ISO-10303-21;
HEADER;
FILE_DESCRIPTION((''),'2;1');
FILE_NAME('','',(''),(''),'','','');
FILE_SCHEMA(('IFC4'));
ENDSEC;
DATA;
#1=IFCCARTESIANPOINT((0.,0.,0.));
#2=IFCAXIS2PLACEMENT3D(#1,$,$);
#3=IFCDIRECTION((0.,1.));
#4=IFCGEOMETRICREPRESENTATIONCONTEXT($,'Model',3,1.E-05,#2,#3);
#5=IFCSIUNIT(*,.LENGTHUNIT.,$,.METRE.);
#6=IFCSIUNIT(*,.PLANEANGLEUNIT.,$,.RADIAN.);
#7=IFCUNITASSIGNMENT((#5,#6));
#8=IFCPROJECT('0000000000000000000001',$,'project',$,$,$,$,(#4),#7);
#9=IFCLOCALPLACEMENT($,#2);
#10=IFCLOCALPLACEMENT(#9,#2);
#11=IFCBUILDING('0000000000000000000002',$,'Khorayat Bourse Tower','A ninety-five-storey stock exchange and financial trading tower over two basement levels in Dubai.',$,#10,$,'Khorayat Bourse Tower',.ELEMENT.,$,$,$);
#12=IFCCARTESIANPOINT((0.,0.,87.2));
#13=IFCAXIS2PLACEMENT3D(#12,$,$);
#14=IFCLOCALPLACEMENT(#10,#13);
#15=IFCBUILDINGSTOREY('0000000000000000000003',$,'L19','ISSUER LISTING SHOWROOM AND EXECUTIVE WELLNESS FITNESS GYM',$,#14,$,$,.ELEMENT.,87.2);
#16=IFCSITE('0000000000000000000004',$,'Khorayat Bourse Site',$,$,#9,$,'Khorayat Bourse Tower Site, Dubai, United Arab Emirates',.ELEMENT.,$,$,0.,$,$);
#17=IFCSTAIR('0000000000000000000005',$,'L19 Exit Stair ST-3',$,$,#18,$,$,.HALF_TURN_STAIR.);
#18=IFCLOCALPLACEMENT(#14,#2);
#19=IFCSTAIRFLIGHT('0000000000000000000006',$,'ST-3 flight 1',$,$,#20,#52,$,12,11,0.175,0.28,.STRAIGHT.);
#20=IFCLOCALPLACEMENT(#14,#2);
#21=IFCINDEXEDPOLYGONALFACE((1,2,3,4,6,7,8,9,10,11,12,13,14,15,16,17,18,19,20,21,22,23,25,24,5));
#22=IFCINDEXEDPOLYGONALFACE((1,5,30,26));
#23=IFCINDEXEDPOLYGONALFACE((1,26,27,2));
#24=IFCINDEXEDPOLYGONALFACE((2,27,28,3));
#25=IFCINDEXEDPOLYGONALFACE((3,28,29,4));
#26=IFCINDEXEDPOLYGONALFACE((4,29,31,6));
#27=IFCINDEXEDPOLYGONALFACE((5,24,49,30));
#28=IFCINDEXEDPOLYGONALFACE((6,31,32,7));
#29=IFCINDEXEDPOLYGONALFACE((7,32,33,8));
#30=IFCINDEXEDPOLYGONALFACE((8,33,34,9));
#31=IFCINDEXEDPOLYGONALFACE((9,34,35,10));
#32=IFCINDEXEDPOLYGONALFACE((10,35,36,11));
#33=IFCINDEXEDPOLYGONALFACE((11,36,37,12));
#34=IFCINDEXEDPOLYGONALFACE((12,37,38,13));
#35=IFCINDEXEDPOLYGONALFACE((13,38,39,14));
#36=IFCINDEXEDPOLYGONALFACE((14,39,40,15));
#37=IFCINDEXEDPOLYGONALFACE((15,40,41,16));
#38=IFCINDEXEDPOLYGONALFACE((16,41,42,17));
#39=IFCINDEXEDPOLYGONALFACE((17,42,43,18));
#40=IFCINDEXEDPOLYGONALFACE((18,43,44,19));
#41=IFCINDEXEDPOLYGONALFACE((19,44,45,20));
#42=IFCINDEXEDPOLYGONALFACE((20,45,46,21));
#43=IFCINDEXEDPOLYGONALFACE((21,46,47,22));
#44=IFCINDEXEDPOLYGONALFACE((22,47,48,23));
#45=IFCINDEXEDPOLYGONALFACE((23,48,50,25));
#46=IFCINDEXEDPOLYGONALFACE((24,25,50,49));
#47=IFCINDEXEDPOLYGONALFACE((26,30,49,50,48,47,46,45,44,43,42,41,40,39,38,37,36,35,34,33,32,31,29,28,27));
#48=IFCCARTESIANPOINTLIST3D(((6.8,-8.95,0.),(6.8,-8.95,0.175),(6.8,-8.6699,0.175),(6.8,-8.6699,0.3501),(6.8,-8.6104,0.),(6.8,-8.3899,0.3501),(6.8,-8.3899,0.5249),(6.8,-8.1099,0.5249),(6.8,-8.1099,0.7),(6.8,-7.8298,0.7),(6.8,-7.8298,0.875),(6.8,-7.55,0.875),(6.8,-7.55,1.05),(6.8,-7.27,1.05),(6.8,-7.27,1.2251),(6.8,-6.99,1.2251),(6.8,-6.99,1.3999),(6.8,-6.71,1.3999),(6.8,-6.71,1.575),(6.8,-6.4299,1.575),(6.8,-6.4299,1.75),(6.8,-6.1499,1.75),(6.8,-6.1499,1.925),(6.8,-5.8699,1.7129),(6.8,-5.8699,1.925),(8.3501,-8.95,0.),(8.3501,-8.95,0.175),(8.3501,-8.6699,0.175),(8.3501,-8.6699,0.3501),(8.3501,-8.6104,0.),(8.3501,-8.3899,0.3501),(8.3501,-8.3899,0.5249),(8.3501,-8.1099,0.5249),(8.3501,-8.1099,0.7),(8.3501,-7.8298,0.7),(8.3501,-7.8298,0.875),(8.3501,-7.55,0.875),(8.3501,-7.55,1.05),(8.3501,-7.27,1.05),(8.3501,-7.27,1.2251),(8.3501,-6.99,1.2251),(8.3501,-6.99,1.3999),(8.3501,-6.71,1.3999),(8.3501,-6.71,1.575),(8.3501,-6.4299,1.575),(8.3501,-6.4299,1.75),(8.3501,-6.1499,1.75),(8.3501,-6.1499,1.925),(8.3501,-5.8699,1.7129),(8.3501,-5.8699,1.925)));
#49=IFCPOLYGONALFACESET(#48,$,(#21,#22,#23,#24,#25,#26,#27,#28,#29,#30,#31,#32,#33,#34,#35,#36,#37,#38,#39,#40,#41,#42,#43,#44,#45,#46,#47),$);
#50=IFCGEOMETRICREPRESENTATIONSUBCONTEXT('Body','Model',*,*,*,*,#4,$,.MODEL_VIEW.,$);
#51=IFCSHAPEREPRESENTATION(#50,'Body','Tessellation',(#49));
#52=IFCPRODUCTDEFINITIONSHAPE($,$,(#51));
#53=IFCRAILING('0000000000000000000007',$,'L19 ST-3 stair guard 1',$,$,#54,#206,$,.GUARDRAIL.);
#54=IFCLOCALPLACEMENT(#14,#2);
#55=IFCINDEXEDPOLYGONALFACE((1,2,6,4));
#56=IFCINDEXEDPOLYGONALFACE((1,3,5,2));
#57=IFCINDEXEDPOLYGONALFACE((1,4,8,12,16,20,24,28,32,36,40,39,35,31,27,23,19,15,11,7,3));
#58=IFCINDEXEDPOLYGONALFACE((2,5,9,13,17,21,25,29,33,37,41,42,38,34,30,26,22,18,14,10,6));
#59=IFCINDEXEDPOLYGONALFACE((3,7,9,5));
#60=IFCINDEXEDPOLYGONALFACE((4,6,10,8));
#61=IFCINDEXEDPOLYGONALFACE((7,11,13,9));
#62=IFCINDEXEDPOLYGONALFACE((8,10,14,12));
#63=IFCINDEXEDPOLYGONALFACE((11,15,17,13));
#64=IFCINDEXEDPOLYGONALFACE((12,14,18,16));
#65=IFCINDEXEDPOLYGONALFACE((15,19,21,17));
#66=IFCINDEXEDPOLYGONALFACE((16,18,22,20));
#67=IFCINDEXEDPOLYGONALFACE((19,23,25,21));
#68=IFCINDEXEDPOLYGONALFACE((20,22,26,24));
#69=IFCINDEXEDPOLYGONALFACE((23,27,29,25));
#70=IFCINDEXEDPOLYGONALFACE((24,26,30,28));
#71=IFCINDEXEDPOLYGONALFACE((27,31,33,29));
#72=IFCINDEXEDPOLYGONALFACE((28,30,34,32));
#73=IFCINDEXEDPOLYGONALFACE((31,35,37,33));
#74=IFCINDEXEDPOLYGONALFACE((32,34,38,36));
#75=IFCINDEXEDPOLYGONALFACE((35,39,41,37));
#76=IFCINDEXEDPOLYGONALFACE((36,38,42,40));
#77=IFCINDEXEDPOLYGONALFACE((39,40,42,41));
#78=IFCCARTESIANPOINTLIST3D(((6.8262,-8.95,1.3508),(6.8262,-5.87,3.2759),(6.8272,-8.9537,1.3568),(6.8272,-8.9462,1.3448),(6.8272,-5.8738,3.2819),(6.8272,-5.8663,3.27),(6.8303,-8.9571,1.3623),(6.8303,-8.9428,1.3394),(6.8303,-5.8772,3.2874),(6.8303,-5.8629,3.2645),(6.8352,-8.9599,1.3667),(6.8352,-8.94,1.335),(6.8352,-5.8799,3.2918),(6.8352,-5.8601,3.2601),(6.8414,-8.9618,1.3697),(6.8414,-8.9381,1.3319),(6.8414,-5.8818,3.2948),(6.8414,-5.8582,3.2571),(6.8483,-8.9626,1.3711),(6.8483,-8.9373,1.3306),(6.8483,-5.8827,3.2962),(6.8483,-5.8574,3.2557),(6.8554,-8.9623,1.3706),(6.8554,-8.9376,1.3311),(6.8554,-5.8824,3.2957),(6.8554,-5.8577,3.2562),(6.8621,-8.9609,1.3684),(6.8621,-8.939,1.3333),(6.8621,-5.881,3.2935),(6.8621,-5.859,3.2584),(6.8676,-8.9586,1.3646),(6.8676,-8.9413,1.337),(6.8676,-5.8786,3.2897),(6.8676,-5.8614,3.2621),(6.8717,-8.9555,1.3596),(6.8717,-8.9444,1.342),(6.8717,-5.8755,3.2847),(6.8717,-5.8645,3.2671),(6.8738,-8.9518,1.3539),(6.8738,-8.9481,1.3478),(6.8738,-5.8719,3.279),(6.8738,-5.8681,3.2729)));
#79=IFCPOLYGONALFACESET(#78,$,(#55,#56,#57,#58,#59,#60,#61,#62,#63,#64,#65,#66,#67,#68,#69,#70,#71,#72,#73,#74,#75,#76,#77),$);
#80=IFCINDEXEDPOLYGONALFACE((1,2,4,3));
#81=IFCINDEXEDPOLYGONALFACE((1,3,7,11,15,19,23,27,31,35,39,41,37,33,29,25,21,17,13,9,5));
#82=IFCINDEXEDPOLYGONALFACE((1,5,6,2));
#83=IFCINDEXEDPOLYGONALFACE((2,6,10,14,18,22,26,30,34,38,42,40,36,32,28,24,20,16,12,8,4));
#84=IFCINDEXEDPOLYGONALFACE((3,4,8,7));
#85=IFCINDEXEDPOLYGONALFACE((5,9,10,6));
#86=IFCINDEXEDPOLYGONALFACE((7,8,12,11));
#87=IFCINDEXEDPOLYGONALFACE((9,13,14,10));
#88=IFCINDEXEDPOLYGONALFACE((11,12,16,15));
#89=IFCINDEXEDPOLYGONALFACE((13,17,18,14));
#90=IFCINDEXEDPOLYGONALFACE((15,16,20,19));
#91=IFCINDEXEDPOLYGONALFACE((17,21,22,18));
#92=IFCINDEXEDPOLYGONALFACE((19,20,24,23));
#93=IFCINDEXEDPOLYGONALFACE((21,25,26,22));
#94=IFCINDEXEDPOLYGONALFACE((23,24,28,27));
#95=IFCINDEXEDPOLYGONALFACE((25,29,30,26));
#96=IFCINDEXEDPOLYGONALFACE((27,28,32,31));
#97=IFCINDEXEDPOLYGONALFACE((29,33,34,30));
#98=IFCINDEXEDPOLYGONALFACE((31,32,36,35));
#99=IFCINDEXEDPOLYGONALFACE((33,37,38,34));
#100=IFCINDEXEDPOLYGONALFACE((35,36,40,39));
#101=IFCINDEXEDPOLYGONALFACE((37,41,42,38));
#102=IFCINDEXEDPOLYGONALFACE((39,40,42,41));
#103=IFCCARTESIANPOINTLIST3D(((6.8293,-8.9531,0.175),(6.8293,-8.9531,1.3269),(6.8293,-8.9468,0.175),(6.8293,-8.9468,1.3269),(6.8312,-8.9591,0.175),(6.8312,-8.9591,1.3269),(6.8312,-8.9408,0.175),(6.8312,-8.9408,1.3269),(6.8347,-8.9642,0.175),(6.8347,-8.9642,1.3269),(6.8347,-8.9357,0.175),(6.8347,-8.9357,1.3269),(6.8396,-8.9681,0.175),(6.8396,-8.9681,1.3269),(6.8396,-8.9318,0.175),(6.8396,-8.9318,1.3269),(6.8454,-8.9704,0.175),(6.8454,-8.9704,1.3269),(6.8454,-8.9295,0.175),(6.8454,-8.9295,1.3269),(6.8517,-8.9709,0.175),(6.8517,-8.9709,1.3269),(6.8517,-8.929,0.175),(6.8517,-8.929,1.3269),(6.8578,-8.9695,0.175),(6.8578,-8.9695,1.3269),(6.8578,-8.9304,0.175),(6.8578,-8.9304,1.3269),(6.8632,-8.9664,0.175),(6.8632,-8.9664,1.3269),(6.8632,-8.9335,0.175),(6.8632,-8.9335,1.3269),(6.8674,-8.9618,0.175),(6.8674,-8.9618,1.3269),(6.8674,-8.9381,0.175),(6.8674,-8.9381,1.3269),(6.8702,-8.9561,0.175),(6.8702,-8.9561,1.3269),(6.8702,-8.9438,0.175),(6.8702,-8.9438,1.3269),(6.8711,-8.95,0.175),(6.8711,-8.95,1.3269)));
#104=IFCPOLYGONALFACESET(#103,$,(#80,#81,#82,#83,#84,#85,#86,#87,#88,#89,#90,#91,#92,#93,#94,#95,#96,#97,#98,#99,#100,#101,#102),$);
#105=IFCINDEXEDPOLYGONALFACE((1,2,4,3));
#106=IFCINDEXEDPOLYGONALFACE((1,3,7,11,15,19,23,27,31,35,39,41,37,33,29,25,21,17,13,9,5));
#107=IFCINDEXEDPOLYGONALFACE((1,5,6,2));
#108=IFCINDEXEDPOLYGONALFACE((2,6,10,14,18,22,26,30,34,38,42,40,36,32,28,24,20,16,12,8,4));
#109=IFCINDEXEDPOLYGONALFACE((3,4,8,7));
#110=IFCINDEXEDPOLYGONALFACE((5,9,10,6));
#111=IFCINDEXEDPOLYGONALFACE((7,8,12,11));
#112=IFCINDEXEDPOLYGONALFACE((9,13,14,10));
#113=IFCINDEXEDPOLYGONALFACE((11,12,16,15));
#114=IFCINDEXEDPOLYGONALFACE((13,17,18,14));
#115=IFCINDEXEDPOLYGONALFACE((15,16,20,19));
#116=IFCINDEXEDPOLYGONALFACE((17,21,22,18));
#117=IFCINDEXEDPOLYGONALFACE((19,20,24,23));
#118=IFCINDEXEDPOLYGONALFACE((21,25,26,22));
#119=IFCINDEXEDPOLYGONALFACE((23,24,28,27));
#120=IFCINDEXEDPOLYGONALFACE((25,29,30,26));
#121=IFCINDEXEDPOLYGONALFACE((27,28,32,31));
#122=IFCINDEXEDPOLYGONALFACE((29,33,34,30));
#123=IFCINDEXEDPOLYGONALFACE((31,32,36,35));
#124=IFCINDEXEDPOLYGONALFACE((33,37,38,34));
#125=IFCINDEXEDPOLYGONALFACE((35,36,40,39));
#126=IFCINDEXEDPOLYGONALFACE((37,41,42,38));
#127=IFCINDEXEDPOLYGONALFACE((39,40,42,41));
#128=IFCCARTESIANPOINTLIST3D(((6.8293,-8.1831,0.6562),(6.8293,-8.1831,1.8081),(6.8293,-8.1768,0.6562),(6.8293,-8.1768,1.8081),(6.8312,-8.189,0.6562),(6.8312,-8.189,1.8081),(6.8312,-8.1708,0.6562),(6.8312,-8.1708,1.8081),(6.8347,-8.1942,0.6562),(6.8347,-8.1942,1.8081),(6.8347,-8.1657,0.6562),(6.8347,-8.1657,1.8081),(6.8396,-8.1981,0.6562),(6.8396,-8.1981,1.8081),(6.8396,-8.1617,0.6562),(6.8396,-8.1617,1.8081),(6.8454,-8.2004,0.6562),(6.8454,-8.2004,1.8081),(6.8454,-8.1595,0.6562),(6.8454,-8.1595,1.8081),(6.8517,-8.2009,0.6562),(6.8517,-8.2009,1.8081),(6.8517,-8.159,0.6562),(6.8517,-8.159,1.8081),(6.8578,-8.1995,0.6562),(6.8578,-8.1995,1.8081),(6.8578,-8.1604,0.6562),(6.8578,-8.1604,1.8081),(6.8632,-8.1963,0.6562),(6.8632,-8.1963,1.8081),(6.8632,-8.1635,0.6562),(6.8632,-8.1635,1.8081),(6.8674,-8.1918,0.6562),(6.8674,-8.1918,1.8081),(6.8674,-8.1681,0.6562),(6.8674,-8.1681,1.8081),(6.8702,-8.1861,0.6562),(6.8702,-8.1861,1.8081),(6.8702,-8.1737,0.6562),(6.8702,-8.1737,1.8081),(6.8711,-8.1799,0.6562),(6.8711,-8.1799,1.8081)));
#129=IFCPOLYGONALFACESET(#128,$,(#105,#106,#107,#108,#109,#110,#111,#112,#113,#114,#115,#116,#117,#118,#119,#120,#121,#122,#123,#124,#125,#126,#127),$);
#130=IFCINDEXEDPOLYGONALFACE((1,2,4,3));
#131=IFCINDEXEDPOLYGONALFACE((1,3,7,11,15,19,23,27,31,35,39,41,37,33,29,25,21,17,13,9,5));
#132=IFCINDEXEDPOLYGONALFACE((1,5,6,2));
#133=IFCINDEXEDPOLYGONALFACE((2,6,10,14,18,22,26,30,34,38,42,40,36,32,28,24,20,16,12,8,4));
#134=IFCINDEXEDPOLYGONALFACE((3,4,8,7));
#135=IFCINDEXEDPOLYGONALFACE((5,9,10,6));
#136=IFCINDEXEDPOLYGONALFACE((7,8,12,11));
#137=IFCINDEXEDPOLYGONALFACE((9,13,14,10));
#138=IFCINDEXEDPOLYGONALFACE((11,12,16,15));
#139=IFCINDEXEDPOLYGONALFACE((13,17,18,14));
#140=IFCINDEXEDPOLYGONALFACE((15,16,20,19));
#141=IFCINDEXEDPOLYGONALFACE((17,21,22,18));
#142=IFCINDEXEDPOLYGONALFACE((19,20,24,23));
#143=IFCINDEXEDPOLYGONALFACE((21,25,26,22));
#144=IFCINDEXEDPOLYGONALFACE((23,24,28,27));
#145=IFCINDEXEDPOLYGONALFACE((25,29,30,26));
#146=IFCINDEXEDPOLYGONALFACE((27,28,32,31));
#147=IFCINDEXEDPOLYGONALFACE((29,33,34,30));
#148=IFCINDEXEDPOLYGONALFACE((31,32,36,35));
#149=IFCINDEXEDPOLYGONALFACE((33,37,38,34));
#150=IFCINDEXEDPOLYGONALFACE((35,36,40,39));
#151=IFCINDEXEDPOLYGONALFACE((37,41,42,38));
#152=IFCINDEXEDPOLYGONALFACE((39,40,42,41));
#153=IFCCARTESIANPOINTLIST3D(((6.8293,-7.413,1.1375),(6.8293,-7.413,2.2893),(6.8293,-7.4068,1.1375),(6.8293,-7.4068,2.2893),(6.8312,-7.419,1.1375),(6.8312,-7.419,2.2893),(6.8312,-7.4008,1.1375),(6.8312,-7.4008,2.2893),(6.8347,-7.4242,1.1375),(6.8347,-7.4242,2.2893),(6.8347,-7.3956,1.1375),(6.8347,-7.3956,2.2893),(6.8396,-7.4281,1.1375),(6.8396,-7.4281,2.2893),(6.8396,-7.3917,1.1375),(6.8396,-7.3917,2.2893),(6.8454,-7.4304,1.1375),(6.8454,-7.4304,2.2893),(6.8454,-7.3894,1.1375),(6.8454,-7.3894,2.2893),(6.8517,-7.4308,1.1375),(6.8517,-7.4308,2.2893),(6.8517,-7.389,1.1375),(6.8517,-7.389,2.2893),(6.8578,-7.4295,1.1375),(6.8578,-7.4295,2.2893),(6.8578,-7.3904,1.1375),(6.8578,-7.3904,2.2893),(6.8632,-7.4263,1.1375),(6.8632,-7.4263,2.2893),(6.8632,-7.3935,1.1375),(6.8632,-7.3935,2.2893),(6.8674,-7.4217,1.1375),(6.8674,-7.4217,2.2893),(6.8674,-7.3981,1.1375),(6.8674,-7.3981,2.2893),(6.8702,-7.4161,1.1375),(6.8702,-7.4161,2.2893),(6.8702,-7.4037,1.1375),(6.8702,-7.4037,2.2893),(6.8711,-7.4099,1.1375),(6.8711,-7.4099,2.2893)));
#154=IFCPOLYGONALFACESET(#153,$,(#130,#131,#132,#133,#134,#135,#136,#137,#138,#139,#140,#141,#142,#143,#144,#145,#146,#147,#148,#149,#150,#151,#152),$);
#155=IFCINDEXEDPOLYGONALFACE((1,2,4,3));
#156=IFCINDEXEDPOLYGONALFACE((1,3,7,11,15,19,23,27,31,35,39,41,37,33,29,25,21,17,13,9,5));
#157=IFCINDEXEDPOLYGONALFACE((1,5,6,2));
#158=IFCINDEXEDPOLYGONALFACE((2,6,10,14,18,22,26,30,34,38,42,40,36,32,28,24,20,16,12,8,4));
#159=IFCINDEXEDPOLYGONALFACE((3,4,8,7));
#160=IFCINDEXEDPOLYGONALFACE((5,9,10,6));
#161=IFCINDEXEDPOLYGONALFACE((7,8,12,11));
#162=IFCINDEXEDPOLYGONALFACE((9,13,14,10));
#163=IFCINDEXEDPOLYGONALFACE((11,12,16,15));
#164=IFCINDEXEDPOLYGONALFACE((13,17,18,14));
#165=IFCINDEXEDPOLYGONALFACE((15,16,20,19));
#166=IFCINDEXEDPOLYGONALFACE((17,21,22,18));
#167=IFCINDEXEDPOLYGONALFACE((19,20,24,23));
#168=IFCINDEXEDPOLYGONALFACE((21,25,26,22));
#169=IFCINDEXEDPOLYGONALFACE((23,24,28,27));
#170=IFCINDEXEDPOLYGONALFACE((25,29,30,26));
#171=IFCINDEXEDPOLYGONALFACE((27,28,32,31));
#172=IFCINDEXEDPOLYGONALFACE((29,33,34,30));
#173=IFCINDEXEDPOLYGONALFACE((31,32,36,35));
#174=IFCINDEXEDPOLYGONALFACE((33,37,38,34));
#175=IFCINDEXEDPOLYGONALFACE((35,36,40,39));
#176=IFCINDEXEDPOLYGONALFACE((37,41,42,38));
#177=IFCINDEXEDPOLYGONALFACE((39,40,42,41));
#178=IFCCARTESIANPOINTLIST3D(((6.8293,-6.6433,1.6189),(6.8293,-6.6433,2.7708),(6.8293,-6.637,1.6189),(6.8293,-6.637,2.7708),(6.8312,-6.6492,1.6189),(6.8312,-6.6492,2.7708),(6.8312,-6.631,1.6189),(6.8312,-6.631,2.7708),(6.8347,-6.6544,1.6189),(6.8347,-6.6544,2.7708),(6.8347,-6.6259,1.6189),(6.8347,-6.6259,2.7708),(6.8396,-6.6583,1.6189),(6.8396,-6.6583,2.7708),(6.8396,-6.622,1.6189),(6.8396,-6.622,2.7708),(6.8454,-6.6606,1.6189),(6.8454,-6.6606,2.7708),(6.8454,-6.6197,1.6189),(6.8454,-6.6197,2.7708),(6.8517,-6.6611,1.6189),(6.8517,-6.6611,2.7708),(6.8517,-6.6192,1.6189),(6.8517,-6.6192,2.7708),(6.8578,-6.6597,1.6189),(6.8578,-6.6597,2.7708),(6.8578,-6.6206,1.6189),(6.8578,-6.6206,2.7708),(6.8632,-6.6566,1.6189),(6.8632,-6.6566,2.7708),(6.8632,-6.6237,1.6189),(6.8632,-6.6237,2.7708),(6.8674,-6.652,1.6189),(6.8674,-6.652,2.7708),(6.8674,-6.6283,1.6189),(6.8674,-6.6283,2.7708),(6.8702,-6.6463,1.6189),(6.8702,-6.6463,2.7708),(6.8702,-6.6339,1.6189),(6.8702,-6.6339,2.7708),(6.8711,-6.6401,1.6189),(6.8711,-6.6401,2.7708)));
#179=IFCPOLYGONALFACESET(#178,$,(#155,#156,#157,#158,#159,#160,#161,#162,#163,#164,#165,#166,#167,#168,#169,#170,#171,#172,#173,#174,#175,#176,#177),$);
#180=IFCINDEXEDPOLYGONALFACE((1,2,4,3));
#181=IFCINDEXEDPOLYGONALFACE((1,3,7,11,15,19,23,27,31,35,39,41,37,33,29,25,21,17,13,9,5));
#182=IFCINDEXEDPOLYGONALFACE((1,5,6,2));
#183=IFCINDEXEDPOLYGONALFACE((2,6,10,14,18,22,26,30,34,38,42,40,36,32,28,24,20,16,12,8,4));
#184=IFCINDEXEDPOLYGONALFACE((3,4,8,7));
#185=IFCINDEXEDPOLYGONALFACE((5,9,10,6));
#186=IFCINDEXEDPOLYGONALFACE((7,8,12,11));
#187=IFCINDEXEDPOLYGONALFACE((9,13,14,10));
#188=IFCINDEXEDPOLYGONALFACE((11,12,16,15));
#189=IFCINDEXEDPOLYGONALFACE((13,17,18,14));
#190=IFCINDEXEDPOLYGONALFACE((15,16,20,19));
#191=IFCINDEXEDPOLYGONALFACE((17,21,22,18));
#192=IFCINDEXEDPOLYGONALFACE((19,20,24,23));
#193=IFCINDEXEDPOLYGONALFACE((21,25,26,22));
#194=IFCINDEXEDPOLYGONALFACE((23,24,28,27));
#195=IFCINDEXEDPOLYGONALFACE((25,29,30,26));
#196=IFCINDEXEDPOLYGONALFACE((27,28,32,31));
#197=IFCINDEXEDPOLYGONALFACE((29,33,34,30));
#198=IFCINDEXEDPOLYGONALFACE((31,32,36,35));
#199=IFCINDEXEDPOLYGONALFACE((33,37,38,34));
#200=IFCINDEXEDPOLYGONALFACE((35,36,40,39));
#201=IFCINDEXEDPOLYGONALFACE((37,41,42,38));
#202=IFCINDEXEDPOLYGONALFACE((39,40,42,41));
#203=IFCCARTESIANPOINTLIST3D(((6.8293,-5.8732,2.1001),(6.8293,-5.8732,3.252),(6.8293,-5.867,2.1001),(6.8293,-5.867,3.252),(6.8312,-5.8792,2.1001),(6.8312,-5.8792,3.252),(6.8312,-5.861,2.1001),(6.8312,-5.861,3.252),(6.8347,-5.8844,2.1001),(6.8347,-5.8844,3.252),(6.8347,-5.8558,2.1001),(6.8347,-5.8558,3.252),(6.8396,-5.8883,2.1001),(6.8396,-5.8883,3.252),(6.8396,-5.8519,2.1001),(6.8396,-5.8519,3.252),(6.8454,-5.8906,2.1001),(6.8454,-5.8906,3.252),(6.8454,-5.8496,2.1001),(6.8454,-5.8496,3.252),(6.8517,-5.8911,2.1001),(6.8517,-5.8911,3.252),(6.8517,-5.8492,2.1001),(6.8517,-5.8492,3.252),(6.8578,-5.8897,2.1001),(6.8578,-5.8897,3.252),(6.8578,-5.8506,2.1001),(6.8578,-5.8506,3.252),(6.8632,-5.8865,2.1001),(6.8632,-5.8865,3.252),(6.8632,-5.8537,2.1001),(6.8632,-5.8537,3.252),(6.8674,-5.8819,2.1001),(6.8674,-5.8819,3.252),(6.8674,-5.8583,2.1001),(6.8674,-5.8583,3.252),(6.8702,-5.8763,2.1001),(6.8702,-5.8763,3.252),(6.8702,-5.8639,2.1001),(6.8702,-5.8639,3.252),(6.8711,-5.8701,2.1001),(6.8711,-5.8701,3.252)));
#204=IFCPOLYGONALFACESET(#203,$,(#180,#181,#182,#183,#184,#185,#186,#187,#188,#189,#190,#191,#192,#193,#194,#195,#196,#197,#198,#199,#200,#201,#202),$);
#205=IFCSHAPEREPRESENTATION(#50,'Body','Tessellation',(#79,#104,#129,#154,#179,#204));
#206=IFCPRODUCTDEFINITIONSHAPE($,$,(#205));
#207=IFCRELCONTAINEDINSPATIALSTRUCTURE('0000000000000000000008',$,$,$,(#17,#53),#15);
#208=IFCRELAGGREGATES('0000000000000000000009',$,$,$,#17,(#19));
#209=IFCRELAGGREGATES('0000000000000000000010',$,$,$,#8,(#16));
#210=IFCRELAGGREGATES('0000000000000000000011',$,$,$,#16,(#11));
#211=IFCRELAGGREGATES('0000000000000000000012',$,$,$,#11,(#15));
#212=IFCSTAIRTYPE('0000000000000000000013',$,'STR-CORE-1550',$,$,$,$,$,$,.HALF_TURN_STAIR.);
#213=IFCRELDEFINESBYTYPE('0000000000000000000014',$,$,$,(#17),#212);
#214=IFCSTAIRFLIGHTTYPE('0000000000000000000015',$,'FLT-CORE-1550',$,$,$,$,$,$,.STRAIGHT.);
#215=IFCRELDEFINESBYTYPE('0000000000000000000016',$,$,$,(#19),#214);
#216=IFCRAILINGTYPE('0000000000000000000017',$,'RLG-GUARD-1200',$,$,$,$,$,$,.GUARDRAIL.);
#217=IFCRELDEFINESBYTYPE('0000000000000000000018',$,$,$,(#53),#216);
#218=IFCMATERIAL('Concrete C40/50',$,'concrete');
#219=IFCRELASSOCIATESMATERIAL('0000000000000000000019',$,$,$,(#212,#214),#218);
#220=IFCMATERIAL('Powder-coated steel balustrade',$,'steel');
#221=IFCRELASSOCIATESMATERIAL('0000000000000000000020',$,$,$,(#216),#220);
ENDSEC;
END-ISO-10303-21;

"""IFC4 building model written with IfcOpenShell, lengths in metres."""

from ifc_helpers import new_model, si_unit, direction, frame, origin, origin_2d, place, context, subcontext, project, spatial, polyline, circle, outline, extrude, source, transform, mapped, material, type_object, element, aggregate, save


model = new_model("IFC4")

# Units and contexts
model_context = context("Model", 3, precision=1e-05, world=origin(), true_north=direction((0.0, 1.0)))
body_context = subcontext(model_context, "Body", "Model", "MODEL_VIEW")
ifc_project = project(units=[si_unit("LENGTHUNIT", "METRE"), si_unit("PLANEANGLEUNIT", "RADIAN")], contexts=[model_context])

# Site, building, storey
site_placement = place(None, origin())
site = spatial("IfcSite", under=ifc_project, at=site_placement, Name="Khorayat Bourse Site", LongName="Khorayat Bourse Tower Site, Dubai, United Arab Emirates", CompositionType="ELEMENT", RefElevation=0.0)
building_placement = place(site_placement, origin())
building = spatial("IfcBuilding", under=site, at=building_placement, Name="Khorayat Bourse Tower", Description="A ninety-five-storey stock exchange and financial trading tower over two basement levels in Dubai.", LongName="Khorayat Bourse Tower", CompositionType="ELEMENT")
storey_placement = place(building_placement, frame((0.0, 0.0, 87.2)))
storey = spatial("IfcBuildingStorey", under=building, at=storey_placement, Name="L19", Description="ISSUER LISTING SHOWROOM AND EXECUTIVE WELLNESS FITNESS GYM", CompositionType="ELEMENT", Elevation=87.2)

# Stair, stair flight
ifc_material_1 = material(Name="Concrete C40/50", Category="concrete")
stair_type = type_object("IfcStairType", Name="STR-CORE-1550", PredefinedType="HALF_TURN_STAIR", material=ifc_material_1)
stair_placement = place(storey_placement, origin())
stair = element("IfcStair", 1, at=stair_placement, inside=storey, type_object=stair_type, Name="L19 Exit Stair ST-3", PredefinedType="HALF_TURN_STAIR")
stair_flight_type = type_object("IfcStairFlightType", Name="FLT-CORE-1550", PredefinedType="STRAIGHT", material=ifc_material_1)
shared_shape_1 = source(origin(), body_context, "Body", "SweptSolid", [
    extrude(outline(polyline([(0.0, 0.0), (0.0, 0.175), (0.28, 0.175), (0.28, 0.3501), (0.5601, 0.3501), (0.5601, 0.5249), (0.8401, 0.5249), (0.8401, 0.7), (1.1201, 0.7), (1.1201, 0.875), (1.3999, 0.875), (1.3999, 1.05), (1.6799, 1.05), (1.6799, 1.2251), (1.96, 1.2251), (1.96, 1.3999), (2.24, 1.3999), (2.24, 1.575), (2.52, 1.575), (2.52, 1.75), (2.8, 1.75), (2.8, 1.925), (3.0801, 1.925), (3.0801, 2.1001), (3.0801, 1.7129), (0.3396, 0.0), (0.0, 0.0)])), frame((0.0, 0.7749, 0.0), z_axis=(0.0, -1.0, 0.0), x_axis=(1.0, 0.0, 0.0)), (0.0, 0.0, 1.0), 1.55),
])
stair_flight_placement = place(storey_placement, frame((7.575, -8.95, 0.0), z_axis=(0.0, 0.0, 1.0), x_axis=(0.0, 1.0, 0.0)))
stair_flight = element("IfcStairFlight", 2, at=stair_flight_placement, type_object=stair_flight_type, Name="ST-3 flight 1", NumberOfRisers=12, NumberOfTreads=11, PredefinedType="STRAIGHT", RiserHeight=0.175, TreadLength=0.28, context=body_context, shape_type="MappedRepresentation", body=[
    mapped(shared_shape_1, transform((0.0, 0.0, 0.0), scale=1.0)),
])
aggregate(stair, [stair_flight])

# Railing
ifc_material_2 = material(Name="Powder-coated steel balustrade", Category="steel")
railing_type_1 = type_object("IfcRailingType", Name="RLG-GUARD-1200", PredefinedType="GUARDRAIL", material=ifc_material_2)
shared_shape_2 = source(origin(), body_context, "Body", "SweptSolid", [
    extrude(circle(Radius=0.0239, at=origin_2d()), frame((0.0, 0.0, 1.1758), z_axis=(0.0, 0.847979, 0.530029), x_axis=(-1.0, 0.0, 0.0)), (0.0, 0.0, 1.0), 3.6321),
    extrude(circle(Radius=0.021, at=origin_2d()), origin(), (0.0, 0.0, 1.0), 1.1519),
    extrude(circle(Radius=0.021, at=origin_2d()), frame((0.0, 0.77, 0.4812)), (0.0, 0.0, 1.0), 1.1519),
    extrude(circle(Radius=0.021, at=origin_2d()), frame((0.0, 1.54, 0.9624)), (0.0, 0.0, 1.0), 1.1519),
    extrude(circle(Radius=0.021, at=origin_2d()), frame((0.0, 2.3098, 1.4438)), (0.0, 0.0, 1.0), 1.1519),
    extrude(circle(Radius=0.021, at=origin_2d()), frame((0.0, 3.0798, 1.925)), (0.0, 0.0, 1.0), 1.1519),
])
railing_1_placement = place(storey_placement, frame((6.8501, -8.95, 0.175)))
element("IfcRailing", 3, at=railing_1_placement, inside=storey, type_object=railing_type_1, Name="L19 ST-3 stair guard 1", PredefinedType="GUARDRAIL", context=body_context, shape_type="MappedRepresentation", body=[
    mapped(shared_shape_2, transform((0.0, 0.0, 0.0), scale=1.0)),
])

save(model, "model.ifc")
